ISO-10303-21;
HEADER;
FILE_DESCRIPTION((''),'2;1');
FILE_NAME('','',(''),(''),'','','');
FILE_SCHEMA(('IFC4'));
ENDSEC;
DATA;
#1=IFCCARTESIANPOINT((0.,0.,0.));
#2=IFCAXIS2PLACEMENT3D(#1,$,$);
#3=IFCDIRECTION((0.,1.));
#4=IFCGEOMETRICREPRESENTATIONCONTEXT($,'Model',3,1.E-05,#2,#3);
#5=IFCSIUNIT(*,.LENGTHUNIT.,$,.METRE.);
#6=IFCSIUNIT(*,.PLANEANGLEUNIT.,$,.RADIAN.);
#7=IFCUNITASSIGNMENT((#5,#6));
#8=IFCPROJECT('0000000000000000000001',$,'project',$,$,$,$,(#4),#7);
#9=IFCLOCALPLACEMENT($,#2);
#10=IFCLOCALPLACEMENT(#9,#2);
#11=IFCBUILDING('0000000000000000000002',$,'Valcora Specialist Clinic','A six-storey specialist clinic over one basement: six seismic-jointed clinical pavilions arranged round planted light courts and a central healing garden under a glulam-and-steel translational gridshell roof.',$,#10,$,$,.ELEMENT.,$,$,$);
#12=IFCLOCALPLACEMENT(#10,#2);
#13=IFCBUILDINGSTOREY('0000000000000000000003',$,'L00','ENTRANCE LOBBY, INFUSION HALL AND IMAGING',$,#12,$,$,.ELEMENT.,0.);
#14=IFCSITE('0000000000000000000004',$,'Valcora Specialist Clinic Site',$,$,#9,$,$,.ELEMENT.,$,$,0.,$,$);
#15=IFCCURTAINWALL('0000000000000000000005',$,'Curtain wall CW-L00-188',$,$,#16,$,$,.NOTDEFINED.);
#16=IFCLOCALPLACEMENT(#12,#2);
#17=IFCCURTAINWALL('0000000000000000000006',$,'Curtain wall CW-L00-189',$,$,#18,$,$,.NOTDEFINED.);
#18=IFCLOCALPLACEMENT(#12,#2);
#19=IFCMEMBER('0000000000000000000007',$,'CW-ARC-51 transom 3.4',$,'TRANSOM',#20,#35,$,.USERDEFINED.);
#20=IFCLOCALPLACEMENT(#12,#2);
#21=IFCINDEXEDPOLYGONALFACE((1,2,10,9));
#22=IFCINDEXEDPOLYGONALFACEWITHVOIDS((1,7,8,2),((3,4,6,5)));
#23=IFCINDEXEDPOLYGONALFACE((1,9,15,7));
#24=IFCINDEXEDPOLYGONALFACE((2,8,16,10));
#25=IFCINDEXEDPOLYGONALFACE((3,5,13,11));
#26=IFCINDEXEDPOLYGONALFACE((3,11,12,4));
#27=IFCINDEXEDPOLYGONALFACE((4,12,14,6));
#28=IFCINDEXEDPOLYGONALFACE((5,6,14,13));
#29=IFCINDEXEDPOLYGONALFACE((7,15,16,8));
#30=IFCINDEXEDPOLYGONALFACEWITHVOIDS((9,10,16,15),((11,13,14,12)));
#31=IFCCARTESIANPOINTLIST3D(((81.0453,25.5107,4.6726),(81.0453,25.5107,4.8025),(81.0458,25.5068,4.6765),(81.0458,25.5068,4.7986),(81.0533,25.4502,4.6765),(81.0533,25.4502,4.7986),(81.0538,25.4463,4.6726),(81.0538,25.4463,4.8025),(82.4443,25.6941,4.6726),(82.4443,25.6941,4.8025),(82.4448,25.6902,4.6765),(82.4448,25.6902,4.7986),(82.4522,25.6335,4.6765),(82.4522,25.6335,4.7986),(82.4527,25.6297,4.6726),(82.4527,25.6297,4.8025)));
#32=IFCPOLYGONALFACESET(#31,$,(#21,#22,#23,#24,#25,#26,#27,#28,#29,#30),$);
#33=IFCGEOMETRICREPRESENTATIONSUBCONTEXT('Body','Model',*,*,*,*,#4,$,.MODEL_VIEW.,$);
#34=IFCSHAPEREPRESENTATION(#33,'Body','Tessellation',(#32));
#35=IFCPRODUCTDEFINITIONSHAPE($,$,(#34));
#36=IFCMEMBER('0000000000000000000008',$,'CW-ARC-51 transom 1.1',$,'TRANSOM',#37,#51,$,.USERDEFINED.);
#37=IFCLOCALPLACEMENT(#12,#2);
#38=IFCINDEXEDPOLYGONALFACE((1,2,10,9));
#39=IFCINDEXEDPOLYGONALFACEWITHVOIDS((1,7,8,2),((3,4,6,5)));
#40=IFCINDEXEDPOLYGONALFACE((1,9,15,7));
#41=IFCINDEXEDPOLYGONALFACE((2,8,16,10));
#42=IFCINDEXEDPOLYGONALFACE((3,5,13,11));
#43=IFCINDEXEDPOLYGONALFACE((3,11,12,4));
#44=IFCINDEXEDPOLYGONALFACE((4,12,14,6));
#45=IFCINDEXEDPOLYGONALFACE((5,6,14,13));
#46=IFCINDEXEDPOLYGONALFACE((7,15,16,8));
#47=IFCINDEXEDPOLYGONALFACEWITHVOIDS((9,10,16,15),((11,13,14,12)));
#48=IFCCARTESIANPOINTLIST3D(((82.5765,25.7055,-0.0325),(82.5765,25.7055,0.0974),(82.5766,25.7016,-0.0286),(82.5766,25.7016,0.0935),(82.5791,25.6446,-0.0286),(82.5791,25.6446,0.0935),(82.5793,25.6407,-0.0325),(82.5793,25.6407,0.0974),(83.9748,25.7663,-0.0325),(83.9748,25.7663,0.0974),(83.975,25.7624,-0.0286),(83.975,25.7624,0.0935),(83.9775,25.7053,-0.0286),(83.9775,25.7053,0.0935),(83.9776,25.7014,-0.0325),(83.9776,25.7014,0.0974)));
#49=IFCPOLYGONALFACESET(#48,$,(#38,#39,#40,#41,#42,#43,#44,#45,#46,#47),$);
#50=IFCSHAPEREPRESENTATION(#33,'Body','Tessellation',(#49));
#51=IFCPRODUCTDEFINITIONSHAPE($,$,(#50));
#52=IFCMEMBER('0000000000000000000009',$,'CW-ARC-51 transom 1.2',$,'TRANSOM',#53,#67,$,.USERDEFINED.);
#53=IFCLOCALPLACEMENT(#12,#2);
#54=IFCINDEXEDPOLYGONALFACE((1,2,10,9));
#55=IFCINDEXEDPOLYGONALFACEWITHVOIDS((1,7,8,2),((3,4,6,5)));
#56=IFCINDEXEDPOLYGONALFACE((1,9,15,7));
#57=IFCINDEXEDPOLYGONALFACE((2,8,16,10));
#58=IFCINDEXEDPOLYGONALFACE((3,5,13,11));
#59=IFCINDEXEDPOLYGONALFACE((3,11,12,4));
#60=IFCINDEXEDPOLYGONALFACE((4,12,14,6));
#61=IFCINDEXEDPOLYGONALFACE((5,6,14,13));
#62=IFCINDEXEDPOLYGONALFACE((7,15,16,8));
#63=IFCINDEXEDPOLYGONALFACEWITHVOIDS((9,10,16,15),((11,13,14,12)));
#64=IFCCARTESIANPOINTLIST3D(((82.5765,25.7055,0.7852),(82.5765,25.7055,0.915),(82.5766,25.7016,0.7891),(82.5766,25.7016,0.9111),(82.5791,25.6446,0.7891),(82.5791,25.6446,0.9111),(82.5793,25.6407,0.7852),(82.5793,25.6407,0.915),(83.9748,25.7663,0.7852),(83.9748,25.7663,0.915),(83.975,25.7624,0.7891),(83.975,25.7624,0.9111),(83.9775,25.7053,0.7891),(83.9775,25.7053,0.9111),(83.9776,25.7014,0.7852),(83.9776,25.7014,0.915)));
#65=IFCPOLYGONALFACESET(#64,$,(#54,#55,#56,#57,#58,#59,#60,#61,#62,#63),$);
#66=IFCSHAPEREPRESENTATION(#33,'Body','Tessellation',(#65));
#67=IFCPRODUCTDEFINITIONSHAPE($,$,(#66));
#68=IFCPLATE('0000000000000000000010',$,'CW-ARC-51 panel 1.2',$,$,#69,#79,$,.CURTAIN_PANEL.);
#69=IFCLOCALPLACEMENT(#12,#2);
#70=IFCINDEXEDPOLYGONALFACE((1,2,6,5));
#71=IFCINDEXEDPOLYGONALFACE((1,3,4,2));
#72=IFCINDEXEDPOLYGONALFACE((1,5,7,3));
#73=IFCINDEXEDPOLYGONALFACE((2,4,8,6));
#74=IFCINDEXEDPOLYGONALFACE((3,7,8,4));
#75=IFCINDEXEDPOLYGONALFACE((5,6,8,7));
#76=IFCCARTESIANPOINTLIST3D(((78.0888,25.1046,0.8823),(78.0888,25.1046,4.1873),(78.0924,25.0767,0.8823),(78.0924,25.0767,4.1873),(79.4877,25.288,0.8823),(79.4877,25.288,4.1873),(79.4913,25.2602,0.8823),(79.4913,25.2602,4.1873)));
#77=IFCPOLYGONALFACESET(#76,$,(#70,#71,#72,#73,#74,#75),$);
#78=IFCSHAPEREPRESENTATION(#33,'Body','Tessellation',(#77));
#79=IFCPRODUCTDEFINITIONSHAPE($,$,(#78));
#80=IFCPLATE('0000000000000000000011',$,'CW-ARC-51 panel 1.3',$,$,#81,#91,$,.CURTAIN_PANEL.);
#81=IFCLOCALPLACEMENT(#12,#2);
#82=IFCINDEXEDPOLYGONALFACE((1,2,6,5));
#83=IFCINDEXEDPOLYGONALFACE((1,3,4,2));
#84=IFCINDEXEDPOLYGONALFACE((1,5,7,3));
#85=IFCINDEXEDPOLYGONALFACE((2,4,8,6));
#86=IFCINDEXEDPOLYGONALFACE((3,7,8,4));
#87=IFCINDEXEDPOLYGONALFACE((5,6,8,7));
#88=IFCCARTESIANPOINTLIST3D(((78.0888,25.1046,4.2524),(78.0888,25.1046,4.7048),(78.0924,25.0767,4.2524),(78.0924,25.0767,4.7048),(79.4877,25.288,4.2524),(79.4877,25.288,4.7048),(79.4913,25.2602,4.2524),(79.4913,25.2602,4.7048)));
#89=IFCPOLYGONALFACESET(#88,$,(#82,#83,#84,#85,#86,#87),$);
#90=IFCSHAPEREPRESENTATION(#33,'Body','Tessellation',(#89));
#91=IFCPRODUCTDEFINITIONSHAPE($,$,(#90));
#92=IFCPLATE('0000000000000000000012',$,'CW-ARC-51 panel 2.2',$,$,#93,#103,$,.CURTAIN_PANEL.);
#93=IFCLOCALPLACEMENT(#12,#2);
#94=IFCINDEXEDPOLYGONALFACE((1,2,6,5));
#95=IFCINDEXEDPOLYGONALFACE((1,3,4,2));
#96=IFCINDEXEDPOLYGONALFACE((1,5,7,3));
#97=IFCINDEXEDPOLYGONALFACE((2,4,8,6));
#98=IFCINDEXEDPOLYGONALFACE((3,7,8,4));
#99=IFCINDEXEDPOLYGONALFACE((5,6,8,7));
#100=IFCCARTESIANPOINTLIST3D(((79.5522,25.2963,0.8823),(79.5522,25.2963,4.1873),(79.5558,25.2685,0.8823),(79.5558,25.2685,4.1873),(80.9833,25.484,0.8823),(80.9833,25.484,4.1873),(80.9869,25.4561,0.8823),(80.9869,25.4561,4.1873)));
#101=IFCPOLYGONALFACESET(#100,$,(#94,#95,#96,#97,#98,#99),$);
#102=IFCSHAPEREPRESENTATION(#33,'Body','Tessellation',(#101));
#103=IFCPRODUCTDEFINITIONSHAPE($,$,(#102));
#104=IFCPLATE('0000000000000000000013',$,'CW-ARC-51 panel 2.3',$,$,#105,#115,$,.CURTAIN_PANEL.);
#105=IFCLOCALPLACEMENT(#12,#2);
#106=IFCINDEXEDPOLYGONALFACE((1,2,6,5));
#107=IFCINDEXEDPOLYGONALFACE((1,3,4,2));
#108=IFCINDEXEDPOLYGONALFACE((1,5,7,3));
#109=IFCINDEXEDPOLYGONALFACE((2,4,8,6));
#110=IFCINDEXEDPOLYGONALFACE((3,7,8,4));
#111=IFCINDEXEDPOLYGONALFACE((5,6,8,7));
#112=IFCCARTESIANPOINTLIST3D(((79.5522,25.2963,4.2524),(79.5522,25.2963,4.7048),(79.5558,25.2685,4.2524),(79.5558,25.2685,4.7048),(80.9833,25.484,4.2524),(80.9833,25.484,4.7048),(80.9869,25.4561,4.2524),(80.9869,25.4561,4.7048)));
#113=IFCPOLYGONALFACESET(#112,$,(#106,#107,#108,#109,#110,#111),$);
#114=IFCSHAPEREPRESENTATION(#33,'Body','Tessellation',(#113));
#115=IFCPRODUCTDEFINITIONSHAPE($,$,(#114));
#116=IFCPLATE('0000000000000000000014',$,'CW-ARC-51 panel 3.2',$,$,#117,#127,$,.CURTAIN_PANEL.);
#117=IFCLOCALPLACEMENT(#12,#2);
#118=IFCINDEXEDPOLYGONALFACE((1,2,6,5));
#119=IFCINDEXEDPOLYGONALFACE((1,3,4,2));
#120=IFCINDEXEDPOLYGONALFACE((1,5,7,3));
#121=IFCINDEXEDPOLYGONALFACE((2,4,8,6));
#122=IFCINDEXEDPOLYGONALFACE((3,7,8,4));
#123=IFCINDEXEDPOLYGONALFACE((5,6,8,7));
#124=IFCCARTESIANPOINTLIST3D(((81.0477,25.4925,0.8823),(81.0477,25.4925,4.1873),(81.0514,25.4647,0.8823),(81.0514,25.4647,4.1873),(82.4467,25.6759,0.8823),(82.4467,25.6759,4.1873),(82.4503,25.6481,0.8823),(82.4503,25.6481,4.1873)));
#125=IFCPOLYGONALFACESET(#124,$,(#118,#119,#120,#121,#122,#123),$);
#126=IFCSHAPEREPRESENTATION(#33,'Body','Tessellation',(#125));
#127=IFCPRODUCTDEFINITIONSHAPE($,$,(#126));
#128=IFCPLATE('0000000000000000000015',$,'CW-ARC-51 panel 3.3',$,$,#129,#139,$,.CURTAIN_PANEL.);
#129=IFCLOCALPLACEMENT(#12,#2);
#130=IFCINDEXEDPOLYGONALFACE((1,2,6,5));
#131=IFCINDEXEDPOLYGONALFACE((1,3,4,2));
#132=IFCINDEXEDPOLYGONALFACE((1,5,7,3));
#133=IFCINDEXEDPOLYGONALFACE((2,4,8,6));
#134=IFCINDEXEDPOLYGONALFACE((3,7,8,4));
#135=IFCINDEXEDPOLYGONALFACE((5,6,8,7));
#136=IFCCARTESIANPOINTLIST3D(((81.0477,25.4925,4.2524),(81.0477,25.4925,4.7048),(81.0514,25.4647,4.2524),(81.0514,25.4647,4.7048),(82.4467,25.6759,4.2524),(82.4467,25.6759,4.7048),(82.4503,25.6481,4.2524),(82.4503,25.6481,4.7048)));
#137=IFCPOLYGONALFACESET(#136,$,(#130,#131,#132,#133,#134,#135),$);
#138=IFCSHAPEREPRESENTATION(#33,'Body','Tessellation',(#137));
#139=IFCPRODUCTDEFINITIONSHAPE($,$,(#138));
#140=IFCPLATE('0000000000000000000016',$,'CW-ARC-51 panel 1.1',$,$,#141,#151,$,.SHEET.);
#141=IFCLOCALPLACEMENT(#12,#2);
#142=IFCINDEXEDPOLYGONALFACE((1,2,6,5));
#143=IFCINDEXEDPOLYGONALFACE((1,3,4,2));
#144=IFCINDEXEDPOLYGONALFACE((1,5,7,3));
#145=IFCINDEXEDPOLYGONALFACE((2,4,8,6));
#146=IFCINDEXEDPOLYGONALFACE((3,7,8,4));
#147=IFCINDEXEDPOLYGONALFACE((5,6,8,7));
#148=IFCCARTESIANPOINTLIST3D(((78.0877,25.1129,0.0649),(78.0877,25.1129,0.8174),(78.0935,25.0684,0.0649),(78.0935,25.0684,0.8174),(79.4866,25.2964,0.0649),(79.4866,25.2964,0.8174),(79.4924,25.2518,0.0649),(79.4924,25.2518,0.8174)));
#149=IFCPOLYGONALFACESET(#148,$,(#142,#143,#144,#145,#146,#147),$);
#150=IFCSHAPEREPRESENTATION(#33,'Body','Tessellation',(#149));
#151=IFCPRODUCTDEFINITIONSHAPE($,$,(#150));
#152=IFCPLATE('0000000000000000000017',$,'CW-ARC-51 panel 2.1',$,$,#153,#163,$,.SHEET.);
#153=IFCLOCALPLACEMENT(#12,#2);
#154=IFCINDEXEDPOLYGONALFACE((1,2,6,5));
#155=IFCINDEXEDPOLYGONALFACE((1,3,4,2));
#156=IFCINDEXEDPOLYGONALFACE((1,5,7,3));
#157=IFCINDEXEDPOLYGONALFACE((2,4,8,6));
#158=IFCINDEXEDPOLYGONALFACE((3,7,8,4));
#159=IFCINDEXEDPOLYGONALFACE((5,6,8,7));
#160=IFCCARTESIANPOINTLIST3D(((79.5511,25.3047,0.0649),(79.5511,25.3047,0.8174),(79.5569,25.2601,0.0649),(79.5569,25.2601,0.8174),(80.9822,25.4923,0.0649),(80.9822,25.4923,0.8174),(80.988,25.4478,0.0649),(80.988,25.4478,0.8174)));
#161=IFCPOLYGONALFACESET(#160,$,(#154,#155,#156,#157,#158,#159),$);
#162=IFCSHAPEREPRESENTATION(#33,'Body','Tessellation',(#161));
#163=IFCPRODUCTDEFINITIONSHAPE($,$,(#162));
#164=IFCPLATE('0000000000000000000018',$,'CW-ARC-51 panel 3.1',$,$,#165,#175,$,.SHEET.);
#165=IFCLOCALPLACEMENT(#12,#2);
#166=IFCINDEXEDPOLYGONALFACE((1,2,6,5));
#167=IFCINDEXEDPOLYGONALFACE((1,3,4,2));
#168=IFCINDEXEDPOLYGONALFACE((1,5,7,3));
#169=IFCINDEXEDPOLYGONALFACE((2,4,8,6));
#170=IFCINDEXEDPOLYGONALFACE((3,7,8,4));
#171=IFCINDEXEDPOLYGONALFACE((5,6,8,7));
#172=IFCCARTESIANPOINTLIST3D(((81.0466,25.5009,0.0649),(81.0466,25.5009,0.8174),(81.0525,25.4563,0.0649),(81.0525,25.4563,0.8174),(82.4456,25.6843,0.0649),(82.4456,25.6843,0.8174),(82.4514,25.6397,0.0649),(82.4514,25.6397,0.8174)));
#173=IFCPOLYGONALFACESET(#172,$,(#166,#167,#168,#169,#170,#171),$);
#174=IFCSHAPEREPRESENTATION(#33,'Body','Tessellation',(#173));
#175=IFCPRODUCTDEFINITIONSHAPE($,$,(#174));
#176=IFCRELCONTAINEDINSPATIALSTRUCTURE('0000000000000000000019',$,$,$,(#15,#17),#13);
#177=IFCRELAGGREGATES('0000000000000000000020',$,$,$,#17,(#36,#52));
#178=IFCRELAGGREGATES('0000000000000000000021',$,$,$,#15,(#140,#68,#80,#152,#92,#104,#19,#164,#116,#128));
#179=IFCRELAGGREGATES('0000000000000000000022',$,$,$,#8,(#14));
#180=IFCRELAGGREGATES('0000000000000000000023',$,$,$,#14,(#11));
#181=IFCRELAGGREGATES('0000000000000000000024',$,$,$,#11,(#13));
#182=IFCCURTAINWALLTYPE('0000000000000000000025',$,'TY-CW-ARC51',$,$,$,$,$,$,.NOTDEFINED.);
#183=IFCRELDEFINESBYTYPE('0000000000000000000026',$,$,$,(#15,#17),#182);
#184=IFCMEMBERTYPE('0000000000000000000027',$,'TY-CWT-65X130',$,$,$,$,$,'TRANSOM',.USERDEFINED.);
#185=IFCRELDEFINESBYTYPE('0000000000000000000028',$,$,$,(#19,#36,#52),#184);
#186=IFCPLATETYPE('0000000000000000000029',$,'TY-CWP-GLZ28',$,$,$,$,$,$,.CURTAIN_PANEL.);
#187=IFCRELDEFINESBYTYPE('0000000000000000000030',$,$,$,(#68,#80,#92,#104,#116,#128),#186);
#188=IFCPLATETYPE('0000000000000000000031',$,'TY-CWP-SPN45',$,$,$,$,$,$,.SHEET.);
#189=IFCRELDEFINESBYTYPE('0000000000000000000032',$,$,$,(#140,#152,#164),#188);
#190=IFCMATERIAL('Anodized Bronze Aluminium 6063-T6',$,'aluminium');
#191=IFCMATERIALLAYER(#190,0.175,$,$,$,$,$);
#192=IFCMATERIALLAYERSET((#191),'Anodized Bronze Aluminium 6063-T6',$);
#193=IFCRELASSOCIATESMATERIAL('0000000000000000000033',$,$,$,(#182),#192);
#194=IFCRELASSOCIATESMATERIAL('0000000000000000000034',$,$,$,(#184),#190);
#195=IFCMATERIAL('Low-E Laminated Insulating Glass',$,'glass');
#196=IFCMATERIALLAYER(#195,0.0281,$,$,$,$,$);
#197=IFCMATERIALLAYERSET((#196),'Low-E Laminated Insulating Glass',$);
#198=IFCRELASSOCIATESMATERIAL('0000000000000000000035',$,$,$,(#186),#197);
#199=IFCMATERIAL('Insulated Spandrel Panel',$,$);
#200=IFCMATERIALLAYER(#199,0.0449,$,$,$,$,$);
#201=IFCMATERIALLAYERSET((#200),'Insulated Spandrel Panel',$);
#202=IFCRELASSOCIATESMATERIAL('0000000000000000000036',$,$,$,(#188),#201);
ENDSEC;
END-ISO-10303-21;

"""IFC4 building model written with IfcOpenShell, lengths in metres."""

from ifc_helpers import new_model, si_unit, direction, frame, origin, origin_2d, place, context, subcontext, project, spatial, rectangle, hollow_rectangle, extrude, material, layer, layer_set, material_profile, profile_set, type_object, element, aggregate, save


model = new_model("IFC4")

# Units and contexts
model_context = context("Model", 3, precision=1e-05, world=origin(), true_north=direction((0.0, 1.0)))
body_context = subcontext(model_context, "Body", "Model", "MODEL_VIEW")
ifc_project = project(units=[si_unit("LENGTHUNIT", "METRE"), si_unit("PLANEANGLEUNIT", "RADIAN")], contexts=[model_context])

# Site, building, storey
site_placement = place(None, origin())
site = spatial("IfcSite", under=ifc_project, at=site_placement, Name="Valcora Specialist Clinic Site", CompositionType="ELEMENT", RefElevation=0.0)
building_placement = place(site_placement, origin())
building = spatial("IfcBuilding", under=site, at=building_placement, Name="Valcora Specialist Clinic", Description="A six-storey specialist clinic over one basement: six seismic-jointed clinical pavilions arranged round planted light courts and a central healing garden under a glulam-and-steel translational gridshell roof.", CompositionType="ELEMENT")
storey_placement = place(building_placement, origin())
storey = spatial("IfcBuildingStorey", under=building, at=storey_placement, Name="L00", Description="ENTRANCE LOBBY, INFUSION HALL AND IMAGING", CompositionType="ELEMENT", Elevation=0.0)

# Curtain wall
ifc_material_1 = material(Name="Anodized Bronze Aluminium 6063-T6", Category="aluminium")
ifc_layer_1 = layer(ifc_material_1, 0.175)
ifc_layer_set_1 = layer_set([ifc_layer_1], Name="Anodized Bronze Aluminium 6063-T6")
curtain_wall_type = type_object("IfcCurtainWallType", Name="TY-CW-ARC51", PredefinedType="NOTDEFINED", material=ifc_layer_set_1)
curtain_wall_1_placement = place(storey_placement, origin())
curtain_wall_1 = element("IfcCurtainWall", 1, at=curtain_wall_1_placement, inside=storey, type_object=curtain_wall_type, Name="Curtain wall CW-L00-188", PredefinedType="NOTDEFINED")

# Curtain wall
curtain_wall_2_placement = place(storey_placement, origin())
curtain_wall_2 = element("IfcCurtainWall", 2, at=curtain_wall_2_placement, inside=storey, type_object=curtain_wall_type, Name="Curtain wall CW-L00-189", PredefinedType="NOTDEFINED")

# Members
ifc_material_profile_1 = material_profile(ifc_material_1, hollow_rectangle(XDim=0.0649, YDim=0.1299, WallThickness=0.0039, at=origin_2d()), Name="AL-TRN-65X130")
ifc_profile_set_1 = profile_set([ifc_material_profile_1], Name="Anodized Bronze Aluminium 6063-T6")
member_type_1 = type_object("IfcMemberType", Name="TY-CWT-65X130", ElementType="TRANSOM", PredefinedType="USERDEFINED", material=ifc_profile_set_1)
member_1_placement = place(storey_placement, frame((81.0496, 25.4785, 4.7375), z_axis=(0.99152, 0.129953, 0.0), x_axis=(-0.129953, 0.99152, 0.0)))
member_1 = element("IfcMember", 3, at=member_1_placement, type_object=member_type_1, Name="CW-ARC-51 transom 3.4", ObjectType="TRANSOM", PredefinedType="USERDEFINED", context=body_context, shape_type="SweptSolid", body=[
    extrude(hollow_rectangle(XDim=0.0649, YDim=0.1299, WallThickness=0.0039, at=origin_2d()), origin(), (0.0, 0.0, 1.0), 1.4109),
])
member_2_placement = place(storey_placement, frame((82.5779, 25.6731, 0.0325), z_axis=(0.999056, 0.04343, 0.0), x_axis=(-0.04343, 0.999056, 0.0)))
member_2 = element("IfcMember", 4, at=member_2_placement, type_object=member_type_1, Name="CW-ARC-51 transom 1.1", ObjectType="TRANSOM", PredefinedType="USERDEFINED", context=body_context, shape_type="SweptSolid", body=[
    extrude(hollow_rectangle(XDim=0.0649, YDim=0.1299, WallThickness=0.0039, at=origin_2d()), origin(), (0.0, 0.0, 1.0), 1.3997),
])
member_3_placement = place(storey_placement, frame((82.5779, 25.6731, 0.8501), z_axis=(0.999056, 0.04343, 0.0), x_axis=(-0.04343, 0.999056, 0.0)))
member_3 = element("IfcMember", 5, at=member_3_placement, type_object=member_type_1, Name="CW-ARC-51 transom 1.2", ObjectType="TRANSOM", PredefinedType="USERDEFINED", context=body_context, shape_type="SweptSolid", body=[
    extrude(hollow_rectangle(XDim=0.0649, YDim=0.1299, WallThickness=0.0039, at=origin_2d()), origin(), (0.0, 0.0, 1.0), 1.3997),
])
aggregate(curtain_wall_2, [member_2, member_3])

# Plates
ifc_material_2 = material(Name="Low-E Laminated Insulating Glass", Category="glass")
ifc_layer_2 = layer(ifc_material_2, 0.0281)
ifc_layer_set_2 = layer_set([ifc_layer_2], Name="Low-E Laminated Insulating Glass")
plate_type_1 = type_object("IfcPlateType", Name="TY-CWP-GLZ28", PredefinedType="CURTAIN_PANEL", material=ifc_layer_set_2)
plate_1_placement = place(storey_placement, frame((78.79, 25.1824, 0.8823), z_axis=(0.0, 0.0, 1.0), x_axis=(0.991514, 0.129999, 0.0)))
plate_1 = element("IfcPlate", 6, at=plate_1_placement, type_object=plate_type_1, Name="CW-ARC-51 panel 1.2", PredefinedType="CURTAIN_PANEL", context=body_context, shape_type="SweptSolid", body=[
    extrude(rectangle(XDim=1.4109, YDim=0.0281, at=origin_2d()), origin(), (0.0, 0.0, 1.0), 3.3049),
])
plate_2_placement = place(storey_placement, frame((78.79, 25.1824, 4.2524), z_axis=(0.0, 0.0, 1.0), x_axis=(0.991514, 0.129999, 0.0)))
plate_2 = element("IfcPlate", 7, at=plate_2_placement, type_object=plate_type_1, Name="CW-ARC-51 panel 1.3", PredefinedType="CURTAIN_PANEL", context=body_context, shape_type="SweptSolid", body=[
    extrude(rectangle(XDim=1.4109, YDim=0.0281, at=origin_2d()), origin(), (0.0, 0.0, 1.0), 0.4524),
])
plate_3_placement = place(storey_placement, frame((80.2695, 25.3762, 0.8823), z_axis=(0.0, 0.0, 1.0), x_axis=(0.991514, 0.129999, 0.0)))
plate_3 = element("IfcPlate", 8, at=plate_3_placement, type_object=plate_type_1, Name="CW-ARC-51 panel 2.2", PredefinedType="CURTAIN_PANEL", context=body_context, shape_type="SweptSolid", body=[
    extrude(rectangle(XDim=1.4434, YDim=0.0281, at=origin_2d()), origin(), (0.0, 0.0, 1.0), 3.3049),
])
plate_4_placement = place(storey_placement, frame((80.2695, 25.3762, 4.2524), z_axis=(0.0, 0.0, 1.0), x_axis=(0.991514, 0.129999, 0.0)))
plate_4 = element("IfcPlate", 9, at=plate_4_placement, type_object=plate_type_1, Name="CW-ARC-51 panel 2.3", PredefinedType="CURTAIN_PANEL", context=body_context, shape_type="SweptSolid", body=[
    extrude(rectangle(XDim=1.4434, YDim=0.0281, at=origin_2d()), origin(), (0.0, 0.0, 1.0), 0.4524),
])
plate_5_placement = place(storey_placement, frame((81.749, 25.5703, 0.8823), z_axis=(0.0, 0.0, 1.0), x_axis=(0.991514, 0.129999, 0.0)))
plate_5 = element("IfcPlate", 10, at=plate_5_placement, type_object=plate_type_1, Name="CW-ARC-51 panel 3.2", PredefinedType="CURTAIN_PANEL", context=body_context, shape_type="SweptSolid", body=[
    extrude(rectangle(XDim=1.4109, YDim=0.0281, at=origin_2d()), origin(), (0.0, 0.0, 1.0), 3.3049),
])
plate_6_placement = place(storey_placement, frame((81.749, 25.5703, 4.2524), z_axis=(0.0, 0.0, 1.0), x_axis=(0.991514, 0.129999, 0.0)))
plate_6 = element("IfcPlate", 11, at=plate_6_placement, type_object=plate_type_1, Name="CW-ARC-51 panel 3.3", PredefinedType="CURTAIN_PANEL", context=body_context, shape_type="SweptSolid", body=[
    extrude(rectangle(XDim=1.4109, YDim=0.0281, at=origin_2d()), origin(), (0.0, 0.0, 1.0), 0.4524),
])
ifc_material_3 = material(Name="Insulated Spandrel Panel")
ifc_layer_3 = layer(ifc_material_3, 0.0449)
ifc_layer_set_3 = layer_set([ifc_layer_3], Name="Insulated Spandrel Panel")
plate_type_2 = type_object("IfcPlateType", Name="TY-CWP-SPN45", PredefinedType="SHEET", material=ifc_layer_set_3)
plate_7_placement = place(storey_placement, frame((78.79, 25.1824, 0.0649), z_axis=(0.0, 0.0, 1.0), x_axis=(0.991514, 0.129999, 0.0)))
plate_7 = element("IfcPlate", 12, at=plate_7_placement, type_object=plate_type_2, Name="CW-ARC-51 panel 1.1", PredefinedType="SHEET", context=body_context, shape_type="SweptSolid", body=[
    extrude(rectangle(XDim=1.4109, YDim=0.0449, at=origin_2d()), origin(), (0.0, 0.0, 1.0), 0.7524),
])
plate_8_placement = place(storey_placement, frame((80.2695, 25.3762, 0.0649), z_axis=(0.0, 0.0, 1.0), x_axis=(0.991514, 0.129999, 0.0)))
plate_8 = element("IfcPlate", 13, at=plate_8_placement, type_object=plate_type_2, Name="CW-ARC-51 panel 2.1", PredefinedType="SHEET", context=body_context, shape_type="SweptSolid", body=[
    extrude(rectangle(XDim=1.4434, YDim=0.0449, at=origin_2d()), origin(), (0.0, 0.0, 1.0), 0.7524),
])
plate_9_placement = place(storey_placement, frame((81.749, 25.5703, 0.0649), z_axis=(0.0, 0.0, 1.0), x_axis=(0.991514, 0.129999, 0.0)))
plate_9 = element("IfcPlate", 14, at=plate_9_placement, type_object=plate_type_2, Name="CW-ARC-51 panel 3.1", PredefinedType="SHEET", context=body_context, shape_type="SweptSolid", body=[
    extrude(rectangle(XDim=1.4109, YDim=0.0449, at=origin_2d()), origin(), (0.0, 0.0, 1.0), 0.7524),
])
aggregate(curtain_wall_1, [plate_7, plate_1, plate_2, plate_8, plate_3, plate_4, member_1, plate_9, plate_5, plate_6])

save(model, "model.ifc")
